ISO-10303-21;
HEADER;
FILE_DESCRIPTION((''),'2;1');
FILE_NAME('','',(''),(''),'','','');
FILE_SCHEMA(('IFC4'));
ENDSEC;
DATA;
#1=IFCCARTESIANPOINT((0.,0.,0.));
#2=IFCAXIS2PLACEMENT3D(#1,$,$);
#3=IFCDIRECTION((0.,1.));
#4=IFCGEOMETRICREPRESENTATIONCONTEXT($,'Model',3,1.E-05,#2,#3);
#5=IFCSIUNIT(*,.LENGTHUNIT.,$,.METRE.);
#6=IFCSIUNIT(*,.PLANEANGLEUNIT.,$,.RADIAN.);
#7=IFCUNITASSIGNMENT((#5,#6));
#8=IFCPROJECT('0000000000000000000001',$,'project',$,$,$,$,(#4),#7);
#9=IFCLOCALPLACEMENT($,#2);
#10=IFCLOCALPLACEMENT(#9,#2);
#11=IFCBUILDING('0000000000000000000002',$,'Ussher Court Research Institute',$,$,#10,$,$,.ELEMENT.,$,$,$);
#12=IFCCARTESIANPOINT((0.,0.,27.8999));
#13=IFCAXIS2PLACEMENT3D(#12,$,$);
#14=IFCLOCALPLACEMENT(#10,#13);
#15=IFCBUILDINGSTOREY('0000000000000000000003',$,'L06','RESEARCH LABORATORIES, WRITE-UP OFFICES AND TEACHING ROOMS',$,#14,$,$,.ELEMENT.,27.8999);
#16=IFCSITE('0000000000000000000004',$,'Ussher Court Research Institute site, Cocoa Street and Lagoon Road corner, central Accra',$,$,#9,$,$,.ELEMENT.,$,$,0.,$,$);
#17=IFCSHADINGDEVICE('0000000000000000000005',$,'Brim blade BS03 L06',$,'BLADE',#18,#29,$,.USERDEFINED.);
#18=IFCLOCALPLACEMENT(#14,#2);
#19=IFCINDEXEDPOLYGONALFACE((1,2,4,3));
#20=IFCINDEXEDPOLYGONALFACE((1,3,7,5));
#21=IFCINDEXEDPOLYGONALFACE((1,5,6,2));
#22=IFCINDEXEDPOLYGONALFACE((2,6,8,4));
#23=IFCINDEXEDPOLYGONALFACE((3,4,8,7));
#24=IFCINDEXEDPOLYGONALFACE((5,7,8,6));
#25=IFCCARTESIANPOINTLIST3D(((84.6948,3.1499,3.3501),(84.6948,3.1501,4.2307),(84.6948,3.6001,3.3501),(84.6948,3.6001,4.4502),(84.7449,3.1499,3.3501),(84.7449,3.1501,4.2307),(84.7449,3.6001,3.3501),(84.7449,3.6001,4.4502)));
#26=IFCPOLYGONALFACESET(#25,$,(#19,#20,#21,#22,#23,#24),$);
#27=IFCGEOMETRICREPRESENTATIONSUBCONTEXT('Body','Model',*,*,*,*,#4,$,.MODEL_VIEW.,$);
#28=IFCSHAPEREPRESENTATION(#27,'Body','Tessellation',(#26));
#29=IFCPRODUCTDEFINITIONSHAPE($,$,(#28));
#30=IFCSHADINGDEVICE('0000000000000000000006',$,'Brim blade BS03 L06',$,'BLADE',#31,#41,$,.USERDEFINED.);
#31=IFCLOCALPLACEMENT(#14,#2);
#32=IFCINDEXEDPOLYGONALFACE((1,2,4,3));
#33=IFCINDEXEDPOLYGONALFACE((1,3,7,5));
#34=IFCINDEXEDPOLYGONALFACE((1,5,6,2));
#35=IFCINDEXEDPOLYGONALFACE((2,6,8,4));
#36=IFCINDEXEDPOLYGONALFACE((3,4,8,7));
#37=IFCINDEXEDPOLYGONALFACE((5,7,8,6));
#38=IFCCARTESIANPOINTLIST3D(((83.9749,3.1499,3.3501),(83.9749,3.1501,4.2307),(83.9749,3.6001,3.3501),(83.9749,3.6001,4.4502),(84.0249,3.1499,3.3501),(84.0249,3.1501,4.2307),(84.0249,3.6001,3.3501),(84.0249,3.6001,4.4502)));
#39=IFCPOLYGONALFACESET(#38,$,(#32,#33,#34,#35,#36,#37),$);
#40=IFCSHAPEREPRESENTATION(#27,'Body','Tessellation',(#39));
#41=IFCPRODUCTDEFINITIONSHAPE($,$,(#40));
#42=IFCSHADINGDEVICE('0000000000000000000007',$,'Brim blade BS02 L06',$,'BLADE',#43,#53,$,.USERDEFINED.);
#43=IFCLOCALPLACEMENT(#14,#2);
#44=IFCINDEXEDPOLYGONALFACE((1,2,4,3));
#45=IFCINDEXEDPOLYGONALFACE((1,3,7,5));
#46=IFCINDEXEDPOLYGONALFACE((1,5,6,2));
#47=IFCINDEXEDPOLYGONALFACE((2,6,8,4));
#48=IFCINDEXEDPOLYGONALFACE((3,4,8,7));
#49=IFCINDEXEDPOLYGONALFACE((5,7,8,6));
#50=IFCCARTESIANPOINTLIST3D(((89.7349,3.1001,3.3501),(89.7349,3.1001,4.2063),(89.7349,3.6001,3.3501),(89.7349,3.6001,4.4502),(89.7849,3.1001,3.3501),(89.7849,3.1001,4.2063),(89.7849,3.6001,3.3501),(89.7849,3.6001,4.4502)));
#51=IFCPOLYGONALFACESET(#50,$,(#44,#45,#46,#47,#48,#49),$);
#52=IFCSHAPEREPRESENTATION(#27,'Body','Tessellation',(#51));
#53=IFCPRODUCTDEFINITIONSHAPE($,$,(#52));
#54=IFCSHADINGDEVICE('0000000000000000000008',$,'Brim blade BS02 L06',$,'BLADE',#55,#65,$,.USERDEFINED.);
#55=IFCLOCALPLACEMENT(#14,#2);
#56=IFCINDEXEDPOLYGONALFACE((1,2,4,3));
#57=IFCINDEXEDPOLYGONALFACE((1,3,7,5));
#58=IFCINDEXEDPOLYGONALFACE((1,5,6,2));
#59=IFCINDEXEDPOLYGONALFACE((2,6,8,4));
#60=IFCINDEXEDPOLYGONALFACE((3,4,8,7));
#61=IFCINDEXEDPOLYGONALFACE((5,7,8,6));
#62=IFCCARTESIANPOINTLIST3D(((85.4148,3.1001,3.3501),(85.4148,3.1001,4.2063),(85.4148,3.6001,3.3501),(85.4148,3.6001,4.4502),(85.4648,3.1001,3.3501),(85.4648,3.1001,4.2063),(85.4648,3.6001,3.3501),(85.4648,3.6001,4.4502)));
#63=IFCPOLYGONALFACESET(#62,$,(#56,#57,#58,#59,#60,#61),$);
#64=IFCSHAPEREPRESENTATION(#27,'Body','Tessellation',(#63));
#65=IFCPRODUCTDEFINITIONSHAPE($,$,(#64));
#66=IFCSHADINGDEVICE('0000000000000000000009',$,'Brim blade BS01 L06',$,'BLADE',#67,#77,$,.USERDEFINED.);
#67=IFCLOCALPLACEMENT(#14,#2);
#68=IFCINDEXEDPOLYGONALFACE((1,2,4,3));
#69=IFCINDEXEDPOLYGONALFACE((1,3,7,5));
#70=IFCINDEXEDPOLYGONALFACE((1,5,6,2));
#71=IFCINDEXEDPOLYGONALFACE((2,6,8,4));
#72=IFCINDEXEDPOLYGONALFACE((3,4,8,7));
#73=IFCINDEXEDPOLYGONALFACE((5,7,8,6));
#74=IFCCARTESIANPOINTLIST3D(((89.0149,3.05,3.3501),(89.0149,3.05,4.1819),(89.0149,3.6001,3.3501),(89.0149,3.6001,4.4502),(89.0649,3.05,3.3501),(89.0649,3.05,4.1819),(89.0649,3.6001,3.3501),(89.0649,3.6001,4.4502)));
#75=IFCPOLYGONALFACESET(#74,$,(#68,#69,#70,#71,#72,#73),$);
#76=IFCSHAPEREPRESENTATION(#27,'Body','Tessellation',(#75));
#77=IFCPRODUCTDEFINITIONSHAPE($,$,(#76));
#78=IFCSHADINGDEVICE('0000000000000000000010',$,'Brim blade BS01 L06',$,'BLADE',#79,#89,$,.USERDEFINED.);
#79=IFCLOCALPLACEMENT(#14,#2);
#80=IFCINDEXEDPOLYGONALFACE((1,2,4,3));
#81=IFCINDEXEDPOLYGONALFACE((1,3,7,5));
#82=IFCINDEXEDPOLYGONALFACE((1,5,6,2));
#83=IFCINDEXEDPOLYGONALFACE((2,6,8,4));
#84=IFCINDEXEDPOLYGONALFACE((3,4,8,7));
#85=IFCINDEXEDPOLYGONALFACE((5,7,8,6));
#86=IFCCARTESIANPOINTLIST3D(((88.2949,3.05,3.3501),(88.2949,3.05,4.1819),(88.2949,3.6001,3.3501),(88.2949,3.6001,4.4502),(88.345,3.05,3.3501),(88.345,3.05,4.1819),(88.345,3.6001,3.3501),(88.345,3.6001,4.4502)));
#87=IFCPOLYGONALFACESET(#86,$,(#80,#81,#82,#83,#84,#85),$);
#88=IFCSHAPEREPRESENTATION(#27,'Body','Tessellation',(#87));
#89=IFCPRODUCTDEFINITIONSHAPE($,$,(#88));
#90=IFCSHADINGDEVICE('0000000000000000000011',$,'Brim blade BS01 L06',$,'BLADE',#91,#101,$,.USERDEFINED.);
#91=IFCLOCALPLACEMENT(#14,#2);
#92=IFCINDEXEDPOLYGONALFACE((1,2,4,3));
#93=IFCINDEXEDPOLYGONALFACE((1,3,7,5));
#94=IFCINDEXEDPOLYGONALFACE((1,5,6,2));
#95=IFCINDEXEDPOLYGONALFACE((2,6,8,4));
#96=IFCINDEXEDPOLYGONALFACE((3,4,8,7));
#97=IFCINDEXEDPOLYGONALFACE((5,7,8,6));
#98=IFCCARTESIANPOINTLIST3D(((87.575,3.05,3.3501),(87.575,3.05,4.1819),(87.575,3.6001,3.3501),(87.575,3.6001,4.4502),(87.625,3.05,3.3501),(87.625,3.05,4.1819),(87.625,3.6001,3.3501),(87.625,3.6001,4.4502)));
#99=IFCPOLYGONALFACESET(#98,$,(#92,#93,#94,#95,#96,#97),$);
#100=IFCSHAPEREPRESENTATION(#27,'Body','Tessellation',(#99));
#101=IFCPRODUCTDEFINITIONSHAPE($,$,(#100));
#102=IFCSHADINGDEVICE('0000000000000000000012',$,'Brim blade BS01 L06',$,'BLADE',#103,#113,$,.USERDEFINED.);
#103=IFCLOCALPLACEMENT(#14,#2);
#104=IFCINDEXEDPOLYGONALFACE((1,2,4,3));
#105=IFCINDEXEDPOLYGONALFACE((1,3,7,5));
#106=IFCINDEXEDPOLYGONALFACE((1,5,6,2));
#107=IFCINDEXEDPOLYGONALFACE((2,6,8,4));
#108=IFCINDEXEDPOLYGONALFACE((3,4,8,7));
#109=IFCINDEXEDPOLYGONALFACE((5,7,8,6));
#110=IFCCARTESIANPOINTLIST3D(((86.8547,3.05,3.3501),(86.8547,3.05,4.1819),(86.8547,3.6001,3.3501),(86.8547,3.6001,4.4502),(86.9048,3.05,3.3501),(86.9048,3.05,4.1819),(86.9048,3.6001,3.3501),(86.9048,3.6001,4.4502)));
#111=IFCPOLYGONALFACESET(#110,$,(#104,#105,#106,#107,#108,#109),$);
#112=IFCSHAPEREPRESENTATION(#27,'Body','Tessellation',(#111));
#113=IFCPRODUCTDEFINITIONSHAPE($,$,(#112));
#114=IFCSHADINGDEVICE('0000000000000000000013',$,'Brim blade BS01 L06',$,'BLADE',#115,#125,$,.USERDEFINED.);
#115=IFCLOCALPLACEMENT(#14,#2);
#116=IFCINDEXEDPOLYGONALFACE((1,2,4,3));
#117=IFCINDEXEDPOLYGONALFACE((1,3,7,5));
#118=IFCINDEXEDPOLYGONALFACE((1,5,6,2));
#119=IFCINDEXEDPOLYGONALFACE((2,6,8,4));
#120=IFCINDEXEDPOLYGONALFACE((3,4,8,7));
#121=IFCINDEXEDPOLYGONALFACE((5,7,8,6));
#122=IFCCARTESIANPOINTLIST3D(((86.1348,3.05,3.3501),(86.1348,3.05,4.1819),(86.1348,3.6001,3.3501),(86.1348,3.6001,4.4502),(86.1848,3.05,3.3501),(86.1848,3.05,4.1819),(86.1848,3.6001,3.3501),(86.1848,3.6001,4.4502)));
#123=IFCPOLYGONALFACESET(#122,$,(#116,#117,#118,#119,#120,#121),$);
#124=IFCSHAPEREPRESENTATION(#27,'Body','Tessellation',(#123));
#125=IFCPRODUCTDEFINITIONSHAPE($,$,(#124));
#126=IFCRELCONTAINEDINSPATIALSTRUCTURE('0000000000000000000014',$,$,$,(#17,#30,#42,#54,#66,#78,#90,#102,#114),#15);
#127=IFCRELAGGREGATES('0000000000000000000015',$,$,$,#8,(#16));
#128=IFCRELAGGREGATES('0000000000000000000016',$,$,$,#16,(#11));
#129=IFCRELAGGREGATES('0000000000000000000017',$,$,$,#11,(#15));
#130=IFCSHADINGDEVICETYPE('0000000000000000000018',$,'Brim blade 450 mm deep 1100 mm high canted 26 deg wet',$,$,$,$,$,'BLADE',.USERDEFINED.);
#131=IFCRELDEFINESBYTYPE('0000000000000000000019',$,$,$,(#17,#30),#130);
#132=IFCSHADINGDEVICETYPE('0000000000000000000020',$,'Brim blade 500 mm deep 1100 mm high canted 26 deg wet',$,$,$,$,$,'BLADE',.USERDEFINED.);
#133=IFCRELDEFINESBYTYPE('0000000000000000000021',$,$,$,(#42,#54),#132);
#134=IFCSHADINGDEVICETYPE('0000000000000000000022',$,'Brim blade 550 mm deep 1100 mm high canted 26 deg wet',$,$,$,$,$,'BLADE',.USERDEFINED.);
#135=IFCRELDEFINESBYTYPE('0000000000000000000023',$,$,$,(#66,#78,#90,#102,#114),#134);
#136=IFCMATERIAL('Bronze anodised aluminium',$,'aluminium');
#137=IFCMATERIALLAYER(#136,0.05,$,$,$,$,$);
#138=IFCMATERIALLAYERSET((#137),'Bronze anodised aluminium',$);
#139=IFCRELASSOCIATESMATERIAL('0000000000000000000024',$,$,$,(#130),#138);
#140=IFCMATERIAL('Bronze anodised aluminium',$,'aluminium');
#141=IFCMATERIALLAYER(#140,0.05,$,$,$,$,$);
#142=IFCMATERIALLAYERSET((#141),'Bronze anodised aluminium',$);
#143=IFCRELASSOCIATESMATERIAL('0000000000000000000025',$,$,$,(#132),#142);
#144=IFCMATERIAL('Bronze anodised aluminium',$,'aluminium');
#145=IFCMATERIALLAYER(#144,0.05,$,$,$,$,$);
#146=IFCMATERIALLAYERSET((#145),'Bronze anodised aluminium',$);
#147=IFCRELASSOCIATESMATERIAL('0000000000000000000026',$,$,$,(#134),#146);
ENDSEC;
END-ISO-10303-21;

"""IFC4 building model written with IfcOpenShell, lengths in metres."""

from ifc_helpers import new_model, si_unit, direction, frame, origin, place, context, subcontext, project, spatial, polyline, outline, extrude, material, layer, layer_set, type_object, element, save


model = new_model("IFC4")

# Units and contexts
model_context = context("Model", 3, precision=1e-05, world=origin(), true_north=direction((0.0, 1.0)))
body_context = subcontext(model_context, "Body", "Model", "MODEL_VIEW")
ifc_project = project(units=[si_unit("LENGTHUNIT", "METRE"), si_unit("PLANEANGLEUNIT", "RADIAN")], contexts=[model_context])

# Site, building, storey
site_placement = place(None, origin())
site = spatial("IfcSite", under=ifc_project, at=site_placement, Name="Ussher Court Research Institute site, Cocoa Street and Lagoon Road corner, central Accra", CompositionType="ELEMENT", RefElevation=0.0)
building_placement = place(site_placement, origin())
building = spatial("IfcBuilding", under=site, at=building_placement, Name="Ussher Court Research Institute", CompositionType="ELEMENT")
storey_placement = place(building_placement, frame((0.0, 0.0, 27.8999)))
storey = spatial("IfcBuildingStorey", under=building, at=storey_placement, Name="L06", Description="RESEARCH LABORATORIES, WRITE-UP OFFICES AND TEACHING ROOMS", CompositionType="ELEMENT", Elevation=27.8999)

# Shading devices
ifc_material_1 = material(Name="Bronze anodised aluminium", Category="aluminium")
ifc_layer_1 = layer(ifc_material_1, 0.05)
ifc_layer_set_1 = layer_set([ifc_layer_1], Name="Bronze anodised aluminium")
shading_device_type_1 = type_object("IfcShadingDeviceType", Name="Brim blade 450 mm deep 1100 mm high canted 26 deg wet", ElementType="BLADE", PredefinedType="USERDEFINED", material=ifc_layer_set_1)
for number, where, z_axis, x_axis, name in (
    (1, (84.72, 3.6001, 3.3501), (0.0, 0.0, 1.0), (0.0, -1.0, 0.0), "Brim blade BS03 L06"),
    (2, (84.0, 3.6001, 3.3501), (0.0, 0.0, 1.0), (0.0, -1.0, 0.0), "Brim blade BS03 L06"),
):
    element("IfcShadingDevice", number, at=place(storey_placement, frame(where, z_axis=z_axis, x_axis=x_axis)), inside=storey, type_object=shading_device_type_1, Name=name, ObjectType="BLADE", PredefinedType="USERDEFINED", context=body_context, shape_type="SweptSolid", body=[
        extrude(outline(polyline([(0.0, 0.0), (0.4502, 0.0), (0.45, 0.8806), (0.0, 1.1001), (0.0, 0.0)])), frame((0.0, 0.0249, 0.0), z_axis=(0.0, -1.0, 0.0), x_axis=(1.0, 0.0, 0.0)), (0.0, 0.0, 1.0), 0.05),
    ])
ifc_material_2 = material(Name="Bronze anodised aluminium", Category="aluminium")
ifc_layer_2 = layer(ifc_material_2, 0.05)
ifc_layer_set_2 = layer_set([ifc_layer_2], Name="Bronze anodised aluminium")
shading_device_type_2 = type_object("IfcShadingDeviceType", Name="Brim blade 500 mm deep 1100 mm high canted 26 deg wet", ElementType="BLADE", PredefinedType="USERDEFINED", material=ifc_layer_set_2)
for number, where, z_axis, x_axis, name in (
    (3, (89.76, 3.6001, 3.3501), (0.0, 0.0, 1.0), (0.0, -1.0, 0.0), "Brim blade BS02 L06"),
    (4, (85.4399, 3.6001, 3.3501), (0.0, 0.0, 1.0), (0.0, -1.0, 0.0), "Brim blade BS02 L06"),
):
    element("IfcShadingDevice", number, at=place(storey_placement, frame(where, z_axis=z_axis, x_axis=x_axis)), inside=storey, type_object=shading_device_type_2, Name=name, ObjectType="BLADE", PredefinedType="USERDEFINED", context=body_context, shape_type="SweptSolid", body=[
        extrude(outline(polyline([(0.0, 0.0), (0.5, 0.0), (0.5, 0.8562), (0.0, 1.1001), (0.0, 0.0)])), frame((0.0, 0.0249, 0.0), z_axis=(0.0, -1.0, 0.0), x_axis=(1.0, 0.0, 0.0)), (0.0, 0.0, 1.0), 0.05),
    ])
ifc_material_3 = material(Name="Bronze anodised aluminium", Category="aluminium")
ifc_layer_3 = layer(ifc_material_3, 0.05)
ifc_layer_set_3 = layer_set([ifc_layer_3], Name="Bronze anodised aluminium")
shading_device_type_3 = type_object("IfcShadingDeviceType", Name="Brim blade 550 mm deep 1100 mm high canted 26 deg wet", ElementType="BLADE", PredefinedType="USERDEFINED", material=ifc_layer_set_3)
for number, where, z_axis, x_axis, name in (
    (5, (89.04, 3.6001, 3.3501), (0.0, 0.0, 1.0), (0.0, -1.0, 0.0), "Brim blade BS01 L06"),
    (6, (88.3201, 3.6001, 3.3501), (0.0, 0.0, 1.0), (0.0, -1.0, 0.0), "Brim blade BS01 L06"),
    (7, (87.6001, 3.6001, 3.3501), (0.0, 0.0, 1.0), (0.0, -1.0, 0.0), "Brim blade BS01 L06"),
    (8, (86.8799, 3.6001, 3.3501), (0.0, 0.0, 1.0), (0.0, -1.0, 0.0), "Brim blade BS01 L06"),
    (9, (86.1599, 3.6001, 3.3501), (0.0, 0.0, 1.0), (0.0, -1.0, 0.0), "Brim blade BS01 L06"),
):
    element("IfcShadingDevice", number, at=place(storey_placement, frame(where, z_axis=z_axis, x_axis=x_axis)), inside=storey, type_object=shading_device_type_3, Name=name, ObjectType="BLADE", PredefinedType="USERDEFINED", context=body_context, shape_type="SweptSolid", body=[
        extrude(outline(polyline([(0.0, 0.0), (0.55, 0.0), (0.55, 0.8318), (0.0, 1.1001), (0.0, 0.0)])), frame((0.0, 0.0249, 0.0), z_axis=(0.0, -1.0, 0.0), x_axis=(1.0, 0.0, 0.0)), (0.0, 0.0, 1.0), 0.05),
    ])

save(model, "model.ifc")
